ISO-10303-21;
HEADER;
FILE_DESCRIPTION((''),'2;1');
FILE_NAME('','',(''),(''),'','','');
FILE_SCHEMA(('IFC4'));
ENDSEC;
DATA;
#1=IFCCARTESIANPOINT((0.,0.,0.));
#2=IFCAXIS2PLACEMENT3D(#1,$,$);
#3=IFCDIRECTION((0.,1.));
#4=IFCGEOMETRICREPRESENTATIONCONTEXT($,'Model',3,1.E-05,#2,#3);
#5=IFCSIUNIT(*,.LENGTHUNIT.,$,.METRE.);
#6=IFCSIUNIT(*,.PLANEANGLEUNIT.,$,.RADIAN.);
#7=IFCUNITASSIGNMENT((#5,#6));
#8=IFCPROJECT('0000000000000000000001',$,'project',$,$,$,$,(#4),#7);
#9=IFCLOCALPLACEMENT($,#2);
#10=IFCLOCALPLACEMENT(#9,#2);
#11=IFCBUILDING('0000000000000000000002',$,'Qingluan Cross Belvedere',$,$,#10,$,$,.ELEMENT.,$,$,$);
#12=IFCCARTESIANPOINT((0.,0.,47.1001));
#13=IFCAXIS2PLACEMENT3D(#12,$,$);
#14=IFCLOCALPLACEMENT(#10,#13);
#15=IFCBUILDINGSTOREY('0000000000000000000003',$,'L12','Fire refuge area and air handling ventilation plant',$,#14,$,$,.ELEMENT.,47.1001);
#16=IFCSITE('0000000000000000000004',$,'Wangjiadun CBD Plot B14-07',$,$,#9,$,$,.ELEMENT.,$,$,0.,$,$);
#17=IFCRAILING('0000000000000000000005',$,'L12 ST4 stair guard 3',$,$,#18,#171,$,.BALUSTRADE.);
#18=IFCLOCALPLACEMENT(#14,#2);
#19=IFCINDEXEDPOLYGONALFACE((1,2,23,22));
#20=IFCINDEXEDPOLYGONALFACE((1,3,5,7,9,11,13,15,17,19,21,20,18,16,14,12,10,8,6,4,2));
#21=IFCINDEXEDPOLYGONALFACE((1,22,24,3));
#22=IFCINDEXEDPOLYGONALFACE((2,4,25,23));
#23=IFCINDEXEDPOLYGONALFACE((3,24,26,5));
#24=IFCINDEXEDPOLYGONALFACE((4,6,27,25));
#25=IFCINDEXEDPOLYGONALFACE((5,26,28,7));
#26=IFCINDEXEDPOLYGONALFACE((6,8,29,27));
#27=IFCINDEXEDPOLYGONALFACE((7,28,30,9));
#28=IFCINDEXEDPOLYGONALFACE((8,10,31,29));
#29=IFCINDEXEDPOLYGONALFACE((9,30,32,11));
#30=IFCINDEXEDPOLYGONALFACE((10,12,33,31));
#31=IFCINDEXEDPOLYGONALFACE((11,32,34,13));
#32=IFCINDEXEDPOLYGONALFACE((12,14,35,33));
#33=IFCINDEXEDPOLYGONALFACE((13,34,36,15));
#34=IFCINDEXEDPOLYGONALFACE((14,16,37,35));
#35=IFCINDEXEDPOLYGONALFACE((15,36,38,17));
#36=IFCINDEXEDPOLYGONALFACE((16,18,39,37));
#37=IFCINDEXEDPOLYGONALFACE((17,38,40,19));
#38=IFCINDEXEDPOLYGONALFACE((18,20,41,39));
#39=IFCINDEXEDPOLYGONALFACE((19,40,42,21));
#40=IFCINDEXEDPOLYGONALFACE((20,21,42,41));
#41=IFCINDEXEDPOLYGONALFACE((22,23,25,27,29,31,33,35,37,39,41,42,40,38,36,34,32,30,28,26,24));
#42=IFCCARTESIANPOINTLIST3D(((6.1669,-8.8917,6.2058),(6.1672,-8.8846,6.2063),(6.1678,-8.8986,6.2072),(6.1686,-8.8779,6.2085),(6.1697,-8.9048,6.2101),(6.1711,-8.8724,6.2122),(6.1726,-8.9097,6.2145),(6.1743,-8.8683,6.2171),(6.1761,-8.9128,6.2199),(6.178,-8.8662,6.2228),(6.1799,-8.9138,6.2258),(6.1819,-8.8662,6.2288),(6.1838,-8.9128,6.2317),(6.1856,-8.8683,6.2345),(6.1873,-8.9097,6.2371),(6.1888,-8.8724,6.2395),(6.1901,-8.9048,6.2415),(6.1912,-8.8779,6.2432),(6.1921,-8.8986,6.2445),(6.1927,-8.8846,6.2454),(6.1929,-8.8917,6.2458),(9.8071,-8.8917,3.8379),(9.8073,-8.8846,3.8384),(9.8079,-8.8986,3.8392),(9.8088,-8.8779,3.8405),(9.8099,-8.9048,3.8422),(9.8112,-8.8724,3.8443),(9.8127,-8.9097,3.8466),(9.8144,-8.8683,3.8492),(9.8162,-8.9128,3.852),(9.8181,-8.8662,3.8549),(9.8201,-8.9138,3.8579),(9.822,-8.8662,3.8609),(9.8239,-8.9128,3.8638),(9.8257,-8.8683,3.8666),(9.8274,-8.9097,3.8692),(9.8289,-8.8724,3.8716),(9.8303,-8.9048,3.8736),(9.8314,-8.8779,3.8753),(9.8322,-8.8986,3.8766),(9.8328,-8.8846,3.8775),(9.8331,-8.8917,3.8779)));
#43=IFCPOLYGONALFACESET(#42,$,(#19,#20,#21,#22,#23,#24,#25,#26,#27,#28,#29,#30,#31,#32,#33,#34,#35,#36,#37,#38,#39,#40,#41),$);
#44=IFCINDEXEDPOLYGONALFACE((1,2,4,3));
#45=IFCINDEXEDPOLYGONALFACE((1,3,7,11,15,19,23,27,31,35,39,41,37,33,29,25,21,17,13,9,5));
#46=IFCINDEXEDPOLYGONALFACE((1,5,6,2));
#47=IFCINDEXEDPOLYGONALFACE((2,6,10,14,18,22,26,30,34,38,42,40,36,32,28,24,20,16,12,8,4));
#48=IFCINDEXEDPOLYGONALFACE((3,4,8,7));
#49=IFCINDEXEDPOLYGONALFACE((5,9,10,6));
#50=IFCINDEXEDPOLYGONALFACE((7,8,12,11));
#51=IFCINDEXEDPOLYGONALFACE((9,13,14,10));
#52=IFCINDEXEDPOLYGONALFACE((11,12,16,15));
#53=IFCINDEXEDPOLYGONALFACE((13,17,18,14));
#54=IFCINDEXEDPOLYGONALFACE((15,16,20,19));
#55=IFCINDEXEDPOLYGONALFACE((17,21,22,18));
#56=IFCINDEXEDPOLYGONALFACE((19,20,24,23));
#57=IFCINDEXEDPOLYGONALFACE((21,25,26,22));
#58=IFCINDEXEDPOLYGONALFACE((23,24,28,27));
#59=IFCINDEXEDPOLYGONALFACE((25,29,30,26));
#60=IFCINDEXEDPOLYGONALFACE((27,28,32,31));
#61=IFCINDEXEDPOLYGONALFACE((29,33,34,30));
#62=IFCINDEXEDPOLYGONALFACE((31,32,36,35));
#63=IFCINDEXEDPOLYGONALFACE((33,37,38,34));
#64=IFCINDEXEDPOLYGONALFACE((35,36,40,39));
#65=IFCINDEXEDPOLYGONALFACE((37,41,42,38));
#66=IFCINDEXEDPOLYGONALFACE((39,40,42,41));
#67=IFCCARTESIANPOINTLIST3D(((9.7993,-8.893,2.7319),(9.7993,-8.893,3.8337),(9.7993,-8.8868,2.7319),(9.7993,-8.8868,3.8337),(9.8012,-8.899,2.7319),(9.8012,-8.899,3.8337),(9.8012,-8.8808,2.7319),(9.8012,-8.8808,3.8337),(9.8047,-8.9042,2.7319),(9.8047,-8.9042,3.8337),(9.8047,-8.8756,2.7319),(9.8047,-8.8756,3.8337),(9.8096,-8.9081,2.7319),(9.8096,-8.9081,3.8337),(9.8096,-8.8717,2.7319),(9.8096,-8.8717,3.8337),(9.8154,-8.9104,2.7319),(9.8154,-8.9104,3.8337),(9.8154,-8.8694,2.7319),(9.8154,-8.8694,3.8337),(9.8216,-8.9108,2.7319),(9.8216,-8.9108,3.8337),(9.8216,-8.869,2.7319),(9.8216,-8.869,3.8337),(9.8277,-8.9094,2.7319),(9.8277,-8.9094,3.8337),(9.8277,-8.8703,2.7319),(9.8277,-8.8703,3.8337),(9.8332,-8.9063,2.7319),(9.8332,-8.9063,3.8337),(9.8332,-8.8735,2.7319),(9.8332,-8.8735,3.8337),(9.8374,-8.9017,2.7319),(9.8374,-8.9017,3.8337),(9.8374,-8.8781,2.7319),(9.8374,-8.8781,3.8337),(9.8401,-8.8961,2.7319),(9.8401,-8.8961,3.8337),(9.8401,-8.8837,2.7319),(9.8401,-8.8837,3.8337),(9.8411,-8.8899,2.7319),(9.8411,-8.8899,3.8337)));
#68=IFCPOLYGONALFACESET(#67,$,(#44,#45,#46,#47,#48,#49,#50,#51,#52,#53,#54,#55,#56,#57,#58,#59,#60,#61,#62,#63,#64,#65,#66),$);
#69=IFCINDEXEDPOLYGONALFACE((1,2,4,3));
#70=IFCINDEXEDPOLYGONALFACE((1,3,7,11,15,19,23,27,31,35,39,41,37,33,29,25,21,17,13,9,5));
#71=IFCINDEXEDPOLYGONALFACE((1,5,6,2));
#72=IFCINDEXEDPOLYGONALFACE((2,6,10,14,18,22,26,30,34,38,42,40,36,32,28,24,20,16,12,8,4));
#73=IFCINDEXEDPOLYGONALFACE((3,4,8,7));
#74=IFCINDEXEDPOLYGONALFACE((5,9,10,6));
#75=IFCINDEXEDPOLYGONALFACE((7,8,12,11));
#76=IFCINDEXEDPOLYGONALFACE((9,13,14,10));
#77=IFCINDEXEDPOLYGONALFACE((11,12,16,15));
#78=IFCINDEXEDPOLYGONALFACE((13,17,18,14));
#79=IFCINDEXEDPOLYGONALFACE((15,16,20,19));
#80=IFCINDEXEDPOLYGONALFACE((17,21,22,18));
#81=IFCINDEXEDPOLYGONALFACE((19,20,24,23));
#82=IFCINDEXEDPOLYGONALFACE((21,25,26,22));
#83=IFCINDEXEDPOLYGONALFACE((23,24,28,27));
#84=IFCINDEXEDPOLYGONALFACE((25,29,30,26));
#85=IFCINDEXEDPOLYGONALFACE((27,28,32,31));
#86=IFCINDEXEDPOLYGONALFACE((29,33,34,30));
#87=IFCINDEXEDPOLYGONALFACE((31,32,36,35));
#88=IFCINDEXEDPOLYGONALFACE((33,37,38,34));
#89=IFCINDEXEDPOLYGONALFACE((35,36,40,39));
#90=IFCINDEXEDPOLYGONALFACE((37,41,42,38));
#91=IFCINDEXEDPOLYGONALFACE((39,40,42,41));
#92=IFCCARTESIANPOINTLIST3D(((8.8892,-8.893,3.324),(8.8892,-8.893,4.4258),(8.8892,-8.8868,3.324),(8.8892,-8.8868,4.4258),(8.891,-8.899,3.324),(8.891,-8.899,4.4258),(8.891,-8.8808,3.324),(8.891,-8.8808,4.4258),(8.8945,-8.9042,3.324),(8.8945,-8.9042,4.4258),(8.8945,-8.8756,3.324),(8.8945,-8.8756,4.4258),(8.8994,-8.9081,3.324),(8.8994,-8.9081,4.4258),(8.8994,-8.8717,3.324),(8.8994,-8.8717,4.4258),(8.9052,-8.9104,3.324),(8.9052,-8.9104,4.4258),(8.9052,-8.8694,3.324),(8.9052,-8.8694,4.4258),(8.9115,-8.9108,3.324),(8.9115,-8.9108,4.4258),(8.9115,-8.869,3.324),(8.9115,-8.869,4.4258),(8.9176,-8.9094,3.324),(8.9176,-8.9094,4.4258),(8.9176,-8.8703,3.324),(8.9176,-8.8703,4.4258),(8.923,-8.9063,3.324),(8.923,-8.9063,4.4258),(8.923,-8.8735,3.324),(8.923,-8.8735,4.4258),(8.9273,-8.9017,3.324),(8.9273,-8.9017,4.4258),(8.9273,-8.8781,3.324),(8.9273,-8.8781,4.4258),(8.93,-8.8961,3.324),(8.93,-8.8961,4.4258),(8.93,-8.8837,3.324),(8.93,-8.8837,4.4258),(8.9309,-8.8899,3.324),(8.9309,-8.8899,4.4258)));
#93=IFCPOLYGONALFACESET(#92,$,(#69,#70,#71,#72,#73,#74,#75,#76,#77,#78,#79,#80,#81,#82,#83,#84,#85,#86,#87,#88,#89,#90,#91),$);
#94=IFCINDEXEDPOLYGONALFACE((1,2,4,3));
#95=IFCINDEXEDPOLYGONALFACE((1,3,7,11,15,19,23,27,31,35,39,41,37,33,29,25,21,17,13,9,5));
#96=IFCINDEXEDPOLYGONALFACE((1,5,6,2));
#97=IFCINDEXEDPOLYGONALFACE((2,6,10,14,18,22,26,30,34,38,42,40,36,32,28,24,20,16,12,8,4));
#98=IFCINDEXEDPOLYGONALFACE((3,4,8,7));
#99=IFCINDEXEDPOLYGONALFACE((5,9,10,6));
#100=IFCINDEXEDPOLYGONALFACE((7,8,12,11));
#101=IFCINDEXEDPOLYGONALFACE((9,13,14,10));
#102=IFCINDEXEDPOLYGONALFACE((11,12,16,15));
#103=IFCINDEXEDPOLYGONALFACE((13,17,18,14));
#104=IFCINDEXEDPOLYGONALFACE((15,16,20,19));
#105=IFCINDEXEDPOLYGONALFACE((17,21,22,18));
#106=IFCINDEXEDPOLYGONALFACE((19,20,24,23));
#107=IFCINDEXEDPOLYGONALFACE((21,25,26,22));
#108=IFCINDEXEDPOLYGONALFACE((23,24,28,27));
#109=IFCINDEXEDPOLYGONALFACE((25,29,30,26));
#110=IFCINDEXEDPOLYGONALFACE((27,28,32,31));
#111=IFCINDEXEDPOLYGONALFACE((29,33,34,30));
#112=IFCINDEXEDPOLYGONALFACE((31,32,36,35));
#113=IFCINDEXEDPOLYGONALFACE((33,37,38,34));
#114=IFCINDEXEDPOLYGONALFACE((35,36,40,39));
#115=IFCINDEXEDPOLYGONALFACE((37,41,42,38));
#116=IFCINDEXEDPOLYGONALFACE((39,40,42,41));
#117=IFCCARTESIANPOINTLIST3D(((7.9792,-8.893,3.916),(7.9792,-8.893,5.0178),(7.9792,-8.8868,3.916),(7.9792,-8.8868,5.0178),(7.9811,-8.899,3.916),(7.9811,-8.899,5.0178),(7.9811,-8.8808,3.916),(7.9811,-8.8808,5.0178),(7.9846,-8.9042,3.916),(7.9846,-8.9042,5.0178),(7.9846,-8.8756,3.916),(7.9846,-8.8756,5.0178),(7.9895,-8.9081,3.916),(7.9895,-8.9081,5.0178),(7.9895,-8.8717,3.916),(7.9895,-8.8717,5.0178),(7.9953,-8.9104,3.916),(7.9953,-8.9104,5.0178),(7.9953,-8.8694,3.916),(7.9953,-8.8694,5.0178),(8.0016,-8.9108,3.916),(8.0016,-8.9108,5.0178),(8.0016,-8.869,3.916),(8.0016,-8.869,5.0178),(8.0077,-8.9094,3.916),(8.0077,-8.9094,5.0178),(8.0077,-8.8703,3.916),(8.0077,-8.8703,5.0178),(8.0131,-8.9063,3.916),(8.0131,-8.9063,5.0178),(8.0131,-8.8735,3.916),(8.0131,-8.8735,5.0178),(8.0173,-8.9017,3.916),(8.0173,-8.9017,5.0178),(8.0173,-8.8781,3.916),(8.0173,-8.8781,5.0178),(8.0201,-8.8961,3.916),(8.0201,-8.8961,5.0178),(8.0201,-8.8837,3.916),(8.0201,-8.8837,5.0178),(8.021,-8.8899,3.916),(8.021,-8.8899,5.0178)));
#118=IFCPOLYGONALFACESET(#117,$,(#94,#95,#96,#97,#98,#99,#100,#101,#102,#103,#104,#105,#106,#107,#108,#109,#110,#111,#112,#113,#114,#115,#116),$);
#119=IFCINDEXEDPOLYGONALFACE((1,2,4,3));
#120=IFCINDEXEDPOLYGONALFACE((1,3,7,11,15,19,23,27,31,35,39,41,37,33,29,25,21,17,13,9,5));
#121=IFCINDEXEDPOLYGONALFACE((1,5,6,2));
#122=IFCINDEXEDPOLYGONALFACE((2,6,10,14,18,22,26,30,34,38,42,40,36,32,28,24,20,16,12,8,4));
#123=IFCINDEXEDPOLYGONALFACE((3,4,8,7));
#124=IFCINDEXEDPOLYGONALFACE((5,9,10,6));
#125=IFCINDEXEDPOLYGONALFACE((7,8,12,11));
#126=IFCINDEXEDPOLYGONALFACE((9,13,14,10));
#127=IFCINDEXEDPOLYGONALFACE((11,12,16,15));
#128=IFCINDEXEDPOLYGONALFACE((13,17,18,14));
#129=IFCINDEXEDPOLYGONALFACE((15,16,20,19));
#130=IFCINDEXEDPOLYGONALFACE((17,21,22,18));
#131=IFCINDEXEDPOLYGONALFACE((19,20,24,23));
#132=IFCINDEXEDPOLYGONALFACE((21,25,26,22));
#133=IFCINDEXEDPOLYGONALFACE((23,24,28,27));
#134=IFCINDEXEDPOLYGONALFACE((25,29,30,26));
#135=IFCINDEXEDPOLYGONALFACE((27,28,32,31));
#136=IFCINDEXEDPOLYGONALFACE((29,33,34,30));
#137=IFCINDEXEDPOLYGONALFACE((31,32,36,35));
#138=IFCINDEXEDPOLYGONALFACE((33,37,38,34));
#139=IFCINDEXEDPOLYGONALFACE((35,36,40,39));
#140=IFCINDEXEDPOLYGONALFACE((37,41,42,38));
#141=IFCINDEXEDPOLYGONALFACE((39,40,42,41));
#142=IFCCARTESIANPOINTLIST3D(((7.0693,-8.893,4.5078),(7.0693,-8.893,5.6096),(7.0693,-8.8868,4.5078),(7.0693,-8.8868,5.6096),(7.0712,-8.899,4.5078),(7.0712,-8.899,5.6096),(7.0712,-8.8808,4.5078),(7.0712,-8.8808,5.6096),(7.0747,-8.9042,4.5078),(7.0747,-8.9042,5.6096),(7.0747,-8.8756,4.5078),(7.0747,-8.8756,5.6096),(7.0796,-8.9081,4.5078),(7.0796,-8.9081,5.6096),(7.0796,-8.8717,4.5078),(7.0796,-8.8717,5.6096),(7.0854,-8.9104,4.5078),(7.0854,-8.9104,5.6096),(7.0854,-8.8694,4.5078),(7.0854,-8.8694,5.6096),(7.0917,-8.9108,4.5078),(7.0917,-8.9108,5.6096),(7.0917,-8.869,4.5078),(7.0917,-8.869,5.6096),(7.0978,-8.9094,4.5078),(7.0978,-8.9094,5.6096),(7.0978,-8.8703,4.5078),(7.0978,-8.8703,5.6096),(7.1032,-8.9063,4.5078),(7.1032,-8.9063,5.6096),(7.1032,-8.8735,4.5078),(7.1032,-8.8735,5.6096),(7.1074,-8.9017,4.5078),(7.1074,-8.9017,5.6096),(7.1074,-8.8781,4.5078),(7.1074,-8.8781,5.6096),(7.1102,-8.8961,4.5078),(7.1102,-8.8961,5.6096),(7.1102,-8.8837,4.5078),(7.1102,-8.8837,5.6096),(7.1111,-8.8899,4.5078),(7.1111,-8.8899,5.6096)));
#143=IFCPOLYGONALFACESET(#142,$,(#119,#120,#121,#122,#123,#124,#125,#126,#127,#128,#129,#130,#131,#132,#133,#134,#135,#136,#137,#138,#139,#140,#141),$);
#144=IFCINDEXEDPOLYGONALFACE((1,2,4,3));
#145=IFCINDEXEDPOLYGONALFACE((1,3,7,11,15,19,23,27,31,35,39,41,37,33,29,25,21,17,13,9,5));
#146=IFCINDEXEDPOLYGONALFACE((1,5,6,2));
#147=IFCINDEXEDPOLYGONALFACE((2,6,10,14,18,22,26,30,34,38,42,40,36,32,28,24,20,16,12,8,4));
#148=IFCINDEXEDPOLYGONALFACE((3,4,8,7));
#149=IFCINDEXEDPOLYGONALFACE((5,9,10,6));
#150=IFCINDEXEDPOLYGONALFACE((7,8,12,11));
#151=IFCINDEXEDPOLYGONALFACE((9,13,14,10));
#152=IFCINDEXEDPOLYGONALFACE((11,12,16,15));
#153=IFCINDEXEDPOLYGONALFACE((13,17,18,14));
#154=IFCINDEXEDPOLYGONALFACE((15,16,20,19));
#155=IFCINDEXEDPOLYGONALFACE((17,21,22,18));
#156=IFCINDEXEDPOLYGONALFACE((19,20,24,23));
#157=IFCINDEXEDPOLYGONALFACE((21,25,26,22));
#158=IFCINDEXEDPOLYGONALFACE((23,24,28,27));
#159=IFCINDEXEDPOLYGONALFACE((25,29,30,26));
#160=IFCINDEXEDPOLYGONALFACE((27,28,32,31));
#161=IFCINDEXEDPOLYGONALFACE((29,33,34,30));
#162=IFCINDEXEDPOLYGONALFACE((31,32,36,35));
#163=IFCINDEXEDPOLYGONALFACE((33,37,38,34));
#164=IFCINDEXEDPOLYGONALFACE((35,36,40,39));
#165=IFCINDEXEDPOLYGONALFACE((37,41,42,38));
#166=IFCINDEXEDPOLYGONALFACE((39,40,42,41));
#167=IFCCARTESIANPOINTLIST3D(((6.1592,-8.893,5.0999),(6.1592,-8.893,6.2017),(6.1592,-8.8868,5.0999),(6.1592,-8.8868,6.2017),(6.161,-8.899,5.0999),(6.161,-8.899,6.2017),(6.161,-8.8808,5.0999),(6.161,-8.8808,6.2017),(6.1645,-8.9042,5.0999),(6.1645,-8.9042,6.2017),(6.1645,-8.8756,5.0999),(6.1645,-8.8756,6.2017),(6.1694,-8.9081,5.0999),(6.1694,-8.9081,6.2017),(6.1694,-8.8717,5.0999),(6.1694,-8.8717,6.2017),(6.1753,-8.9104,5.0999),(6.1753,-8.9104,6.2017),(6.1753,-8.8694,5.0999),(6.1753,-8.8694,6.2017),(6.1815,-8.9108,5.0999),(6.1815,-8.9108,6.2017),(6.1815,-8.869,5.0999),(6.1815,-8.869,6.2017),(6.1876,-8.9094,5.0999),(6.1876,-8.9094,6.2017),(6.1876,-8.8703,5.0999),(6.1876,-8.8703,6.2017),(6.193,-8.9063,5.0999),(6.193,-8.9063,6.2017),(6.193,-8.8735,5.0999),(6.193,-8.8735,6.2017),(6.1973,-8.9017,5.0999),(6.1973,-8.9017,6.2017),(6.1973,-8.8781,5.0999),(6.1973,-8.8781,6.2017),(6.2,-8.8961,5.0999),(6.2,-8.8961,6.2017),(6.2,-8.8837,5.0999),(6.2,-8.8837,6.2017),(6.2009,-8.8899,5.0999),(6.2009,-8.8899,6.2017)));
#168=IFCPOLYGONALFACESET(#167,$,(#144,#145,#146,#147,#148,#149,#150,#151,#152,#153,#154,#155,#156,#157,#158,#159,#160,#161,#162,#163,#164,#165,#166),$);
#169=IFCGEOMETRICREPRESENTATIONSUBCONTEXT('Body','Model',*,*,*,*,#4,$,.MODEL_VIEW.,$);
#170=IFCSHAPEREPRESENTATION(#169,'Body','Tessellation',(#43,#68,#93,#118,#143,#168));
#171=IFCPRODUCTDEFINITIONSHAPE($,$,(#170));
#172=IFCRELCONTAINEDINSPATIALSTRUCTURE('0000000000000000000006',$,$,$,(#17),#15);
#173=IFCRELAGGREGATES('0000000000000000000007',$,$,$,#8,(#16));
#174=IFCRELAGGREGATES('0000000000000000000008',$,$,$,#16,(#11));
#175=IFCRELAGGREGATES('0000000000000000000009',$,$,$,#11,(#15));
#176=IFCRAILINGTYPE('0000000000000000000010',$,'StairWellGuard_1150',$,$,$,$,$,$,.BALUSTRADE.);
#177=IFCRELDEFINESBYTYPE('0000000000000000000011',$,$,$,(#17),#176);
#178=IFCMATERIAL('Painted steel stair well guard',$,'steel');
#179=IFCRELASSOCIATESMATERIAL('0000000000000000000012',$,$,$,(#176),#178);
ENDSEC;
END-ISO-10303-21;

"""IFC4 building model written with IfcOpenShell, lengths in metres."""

from ifc_helpers import new_model, si_unit, direction, frame, origin, origin_2d, place, context, subcontext, project, spatial, circle, extrude, material, type_object, element, save


model = new_model("IFC4")

# Units and contexts
model_context = context("Model", 3, precision=1e-05, world=origin(), true_north=direction((0.0, 1.0)))
body_context = subcontext(model_context, "Body", "Model", "MODEL_VIEW")
ifc_project = project(units=[si_unit("LENGTHUNIT", "METRE"), si_unit("PLANEANGLEUNIT", "RADIAN")], contexts=[model_context])

# Site, building, storey
site_placement = place(None, origin())
site = spatial("IfcSite", under=ifc_project, at=site_placement, Name="Wangjiadun CBD Plot B14-07", CompositionType="ELEMENT", RefElevation=0.0)
building_placement = place(site_placement, origin())
building = spatial("IfcBuilding", under=site, at=building_placement, Name="Qingluan Cross Belvedere", CompositionType="ELEMENT")
storey_placement = place(building_placement, frame((0.0, 0.0, 47.1001)))
storey = spatial("IfcBuildingStorey", under=building, at=storey_placement, Name="L12", Description="Fire refuge area and air handling ventilation plant", CompositionType="ELEMENT", Elevation=47.1001)

# Railing
ifc_material_1 = material(Name="Painted steel stair well guard", Category="steel")
railing_type_1 = type_object("IfcRailingType", Name="StairWellGuard_1150", PredefinedType="BALUSTRADE", material=ifc_material_1)
railing_1_placement = place(storey_placement, frame((9.8201, -8.8899, 2.7319)))
element("IfcRailing", 1, at=railing_1_placement, inside=storey, type_object=railing_type_1, Name="L12 ST4 stair guard 3", PredefinedType="BALUSTRADE", context=body_context, shape_type="SweptSolid", body=[
    extrude(circle(Radius=0.0239, at=origin_2d()), frame((0.0, 0.0, 1.126), z_axis=(-0.838251, 0.0, 0.545285), x_axis=(0.0, -1.0, 0.0)), (0.0, 0.0, 1.0), 4.3425),
    extrude(circle(Radius=0.021, at=origin_2d()), origin(), (0.0, 0.0, 1.0), 1.1018),
    extrude(circle(Radius=0.021, at=origin_2d()), frame((-0.9102, 0.0, 0.592)), (0.0, 0.0, 1.0), 1.1018),
    extrude(circle(Radius=0.021, at=origin_2d()), frame((-1.8201, 0.0, 1.1841)), (0.0, 0.0, 1.0), 1.1018),
    extrude(circle(Radius=0.021, at=origin_2d()), frame((-2.73, 0.0, 1.7759)), (0.0, 0.0, 1.0), 1.1018),
    extrude(circle(Radius=0.021, at=origin_2d()), frame((-3.6401, 0.0, 2.3679)), (0.0, 0.0, 1.0), 1.1018),
])

save(model, "model.ifc")
